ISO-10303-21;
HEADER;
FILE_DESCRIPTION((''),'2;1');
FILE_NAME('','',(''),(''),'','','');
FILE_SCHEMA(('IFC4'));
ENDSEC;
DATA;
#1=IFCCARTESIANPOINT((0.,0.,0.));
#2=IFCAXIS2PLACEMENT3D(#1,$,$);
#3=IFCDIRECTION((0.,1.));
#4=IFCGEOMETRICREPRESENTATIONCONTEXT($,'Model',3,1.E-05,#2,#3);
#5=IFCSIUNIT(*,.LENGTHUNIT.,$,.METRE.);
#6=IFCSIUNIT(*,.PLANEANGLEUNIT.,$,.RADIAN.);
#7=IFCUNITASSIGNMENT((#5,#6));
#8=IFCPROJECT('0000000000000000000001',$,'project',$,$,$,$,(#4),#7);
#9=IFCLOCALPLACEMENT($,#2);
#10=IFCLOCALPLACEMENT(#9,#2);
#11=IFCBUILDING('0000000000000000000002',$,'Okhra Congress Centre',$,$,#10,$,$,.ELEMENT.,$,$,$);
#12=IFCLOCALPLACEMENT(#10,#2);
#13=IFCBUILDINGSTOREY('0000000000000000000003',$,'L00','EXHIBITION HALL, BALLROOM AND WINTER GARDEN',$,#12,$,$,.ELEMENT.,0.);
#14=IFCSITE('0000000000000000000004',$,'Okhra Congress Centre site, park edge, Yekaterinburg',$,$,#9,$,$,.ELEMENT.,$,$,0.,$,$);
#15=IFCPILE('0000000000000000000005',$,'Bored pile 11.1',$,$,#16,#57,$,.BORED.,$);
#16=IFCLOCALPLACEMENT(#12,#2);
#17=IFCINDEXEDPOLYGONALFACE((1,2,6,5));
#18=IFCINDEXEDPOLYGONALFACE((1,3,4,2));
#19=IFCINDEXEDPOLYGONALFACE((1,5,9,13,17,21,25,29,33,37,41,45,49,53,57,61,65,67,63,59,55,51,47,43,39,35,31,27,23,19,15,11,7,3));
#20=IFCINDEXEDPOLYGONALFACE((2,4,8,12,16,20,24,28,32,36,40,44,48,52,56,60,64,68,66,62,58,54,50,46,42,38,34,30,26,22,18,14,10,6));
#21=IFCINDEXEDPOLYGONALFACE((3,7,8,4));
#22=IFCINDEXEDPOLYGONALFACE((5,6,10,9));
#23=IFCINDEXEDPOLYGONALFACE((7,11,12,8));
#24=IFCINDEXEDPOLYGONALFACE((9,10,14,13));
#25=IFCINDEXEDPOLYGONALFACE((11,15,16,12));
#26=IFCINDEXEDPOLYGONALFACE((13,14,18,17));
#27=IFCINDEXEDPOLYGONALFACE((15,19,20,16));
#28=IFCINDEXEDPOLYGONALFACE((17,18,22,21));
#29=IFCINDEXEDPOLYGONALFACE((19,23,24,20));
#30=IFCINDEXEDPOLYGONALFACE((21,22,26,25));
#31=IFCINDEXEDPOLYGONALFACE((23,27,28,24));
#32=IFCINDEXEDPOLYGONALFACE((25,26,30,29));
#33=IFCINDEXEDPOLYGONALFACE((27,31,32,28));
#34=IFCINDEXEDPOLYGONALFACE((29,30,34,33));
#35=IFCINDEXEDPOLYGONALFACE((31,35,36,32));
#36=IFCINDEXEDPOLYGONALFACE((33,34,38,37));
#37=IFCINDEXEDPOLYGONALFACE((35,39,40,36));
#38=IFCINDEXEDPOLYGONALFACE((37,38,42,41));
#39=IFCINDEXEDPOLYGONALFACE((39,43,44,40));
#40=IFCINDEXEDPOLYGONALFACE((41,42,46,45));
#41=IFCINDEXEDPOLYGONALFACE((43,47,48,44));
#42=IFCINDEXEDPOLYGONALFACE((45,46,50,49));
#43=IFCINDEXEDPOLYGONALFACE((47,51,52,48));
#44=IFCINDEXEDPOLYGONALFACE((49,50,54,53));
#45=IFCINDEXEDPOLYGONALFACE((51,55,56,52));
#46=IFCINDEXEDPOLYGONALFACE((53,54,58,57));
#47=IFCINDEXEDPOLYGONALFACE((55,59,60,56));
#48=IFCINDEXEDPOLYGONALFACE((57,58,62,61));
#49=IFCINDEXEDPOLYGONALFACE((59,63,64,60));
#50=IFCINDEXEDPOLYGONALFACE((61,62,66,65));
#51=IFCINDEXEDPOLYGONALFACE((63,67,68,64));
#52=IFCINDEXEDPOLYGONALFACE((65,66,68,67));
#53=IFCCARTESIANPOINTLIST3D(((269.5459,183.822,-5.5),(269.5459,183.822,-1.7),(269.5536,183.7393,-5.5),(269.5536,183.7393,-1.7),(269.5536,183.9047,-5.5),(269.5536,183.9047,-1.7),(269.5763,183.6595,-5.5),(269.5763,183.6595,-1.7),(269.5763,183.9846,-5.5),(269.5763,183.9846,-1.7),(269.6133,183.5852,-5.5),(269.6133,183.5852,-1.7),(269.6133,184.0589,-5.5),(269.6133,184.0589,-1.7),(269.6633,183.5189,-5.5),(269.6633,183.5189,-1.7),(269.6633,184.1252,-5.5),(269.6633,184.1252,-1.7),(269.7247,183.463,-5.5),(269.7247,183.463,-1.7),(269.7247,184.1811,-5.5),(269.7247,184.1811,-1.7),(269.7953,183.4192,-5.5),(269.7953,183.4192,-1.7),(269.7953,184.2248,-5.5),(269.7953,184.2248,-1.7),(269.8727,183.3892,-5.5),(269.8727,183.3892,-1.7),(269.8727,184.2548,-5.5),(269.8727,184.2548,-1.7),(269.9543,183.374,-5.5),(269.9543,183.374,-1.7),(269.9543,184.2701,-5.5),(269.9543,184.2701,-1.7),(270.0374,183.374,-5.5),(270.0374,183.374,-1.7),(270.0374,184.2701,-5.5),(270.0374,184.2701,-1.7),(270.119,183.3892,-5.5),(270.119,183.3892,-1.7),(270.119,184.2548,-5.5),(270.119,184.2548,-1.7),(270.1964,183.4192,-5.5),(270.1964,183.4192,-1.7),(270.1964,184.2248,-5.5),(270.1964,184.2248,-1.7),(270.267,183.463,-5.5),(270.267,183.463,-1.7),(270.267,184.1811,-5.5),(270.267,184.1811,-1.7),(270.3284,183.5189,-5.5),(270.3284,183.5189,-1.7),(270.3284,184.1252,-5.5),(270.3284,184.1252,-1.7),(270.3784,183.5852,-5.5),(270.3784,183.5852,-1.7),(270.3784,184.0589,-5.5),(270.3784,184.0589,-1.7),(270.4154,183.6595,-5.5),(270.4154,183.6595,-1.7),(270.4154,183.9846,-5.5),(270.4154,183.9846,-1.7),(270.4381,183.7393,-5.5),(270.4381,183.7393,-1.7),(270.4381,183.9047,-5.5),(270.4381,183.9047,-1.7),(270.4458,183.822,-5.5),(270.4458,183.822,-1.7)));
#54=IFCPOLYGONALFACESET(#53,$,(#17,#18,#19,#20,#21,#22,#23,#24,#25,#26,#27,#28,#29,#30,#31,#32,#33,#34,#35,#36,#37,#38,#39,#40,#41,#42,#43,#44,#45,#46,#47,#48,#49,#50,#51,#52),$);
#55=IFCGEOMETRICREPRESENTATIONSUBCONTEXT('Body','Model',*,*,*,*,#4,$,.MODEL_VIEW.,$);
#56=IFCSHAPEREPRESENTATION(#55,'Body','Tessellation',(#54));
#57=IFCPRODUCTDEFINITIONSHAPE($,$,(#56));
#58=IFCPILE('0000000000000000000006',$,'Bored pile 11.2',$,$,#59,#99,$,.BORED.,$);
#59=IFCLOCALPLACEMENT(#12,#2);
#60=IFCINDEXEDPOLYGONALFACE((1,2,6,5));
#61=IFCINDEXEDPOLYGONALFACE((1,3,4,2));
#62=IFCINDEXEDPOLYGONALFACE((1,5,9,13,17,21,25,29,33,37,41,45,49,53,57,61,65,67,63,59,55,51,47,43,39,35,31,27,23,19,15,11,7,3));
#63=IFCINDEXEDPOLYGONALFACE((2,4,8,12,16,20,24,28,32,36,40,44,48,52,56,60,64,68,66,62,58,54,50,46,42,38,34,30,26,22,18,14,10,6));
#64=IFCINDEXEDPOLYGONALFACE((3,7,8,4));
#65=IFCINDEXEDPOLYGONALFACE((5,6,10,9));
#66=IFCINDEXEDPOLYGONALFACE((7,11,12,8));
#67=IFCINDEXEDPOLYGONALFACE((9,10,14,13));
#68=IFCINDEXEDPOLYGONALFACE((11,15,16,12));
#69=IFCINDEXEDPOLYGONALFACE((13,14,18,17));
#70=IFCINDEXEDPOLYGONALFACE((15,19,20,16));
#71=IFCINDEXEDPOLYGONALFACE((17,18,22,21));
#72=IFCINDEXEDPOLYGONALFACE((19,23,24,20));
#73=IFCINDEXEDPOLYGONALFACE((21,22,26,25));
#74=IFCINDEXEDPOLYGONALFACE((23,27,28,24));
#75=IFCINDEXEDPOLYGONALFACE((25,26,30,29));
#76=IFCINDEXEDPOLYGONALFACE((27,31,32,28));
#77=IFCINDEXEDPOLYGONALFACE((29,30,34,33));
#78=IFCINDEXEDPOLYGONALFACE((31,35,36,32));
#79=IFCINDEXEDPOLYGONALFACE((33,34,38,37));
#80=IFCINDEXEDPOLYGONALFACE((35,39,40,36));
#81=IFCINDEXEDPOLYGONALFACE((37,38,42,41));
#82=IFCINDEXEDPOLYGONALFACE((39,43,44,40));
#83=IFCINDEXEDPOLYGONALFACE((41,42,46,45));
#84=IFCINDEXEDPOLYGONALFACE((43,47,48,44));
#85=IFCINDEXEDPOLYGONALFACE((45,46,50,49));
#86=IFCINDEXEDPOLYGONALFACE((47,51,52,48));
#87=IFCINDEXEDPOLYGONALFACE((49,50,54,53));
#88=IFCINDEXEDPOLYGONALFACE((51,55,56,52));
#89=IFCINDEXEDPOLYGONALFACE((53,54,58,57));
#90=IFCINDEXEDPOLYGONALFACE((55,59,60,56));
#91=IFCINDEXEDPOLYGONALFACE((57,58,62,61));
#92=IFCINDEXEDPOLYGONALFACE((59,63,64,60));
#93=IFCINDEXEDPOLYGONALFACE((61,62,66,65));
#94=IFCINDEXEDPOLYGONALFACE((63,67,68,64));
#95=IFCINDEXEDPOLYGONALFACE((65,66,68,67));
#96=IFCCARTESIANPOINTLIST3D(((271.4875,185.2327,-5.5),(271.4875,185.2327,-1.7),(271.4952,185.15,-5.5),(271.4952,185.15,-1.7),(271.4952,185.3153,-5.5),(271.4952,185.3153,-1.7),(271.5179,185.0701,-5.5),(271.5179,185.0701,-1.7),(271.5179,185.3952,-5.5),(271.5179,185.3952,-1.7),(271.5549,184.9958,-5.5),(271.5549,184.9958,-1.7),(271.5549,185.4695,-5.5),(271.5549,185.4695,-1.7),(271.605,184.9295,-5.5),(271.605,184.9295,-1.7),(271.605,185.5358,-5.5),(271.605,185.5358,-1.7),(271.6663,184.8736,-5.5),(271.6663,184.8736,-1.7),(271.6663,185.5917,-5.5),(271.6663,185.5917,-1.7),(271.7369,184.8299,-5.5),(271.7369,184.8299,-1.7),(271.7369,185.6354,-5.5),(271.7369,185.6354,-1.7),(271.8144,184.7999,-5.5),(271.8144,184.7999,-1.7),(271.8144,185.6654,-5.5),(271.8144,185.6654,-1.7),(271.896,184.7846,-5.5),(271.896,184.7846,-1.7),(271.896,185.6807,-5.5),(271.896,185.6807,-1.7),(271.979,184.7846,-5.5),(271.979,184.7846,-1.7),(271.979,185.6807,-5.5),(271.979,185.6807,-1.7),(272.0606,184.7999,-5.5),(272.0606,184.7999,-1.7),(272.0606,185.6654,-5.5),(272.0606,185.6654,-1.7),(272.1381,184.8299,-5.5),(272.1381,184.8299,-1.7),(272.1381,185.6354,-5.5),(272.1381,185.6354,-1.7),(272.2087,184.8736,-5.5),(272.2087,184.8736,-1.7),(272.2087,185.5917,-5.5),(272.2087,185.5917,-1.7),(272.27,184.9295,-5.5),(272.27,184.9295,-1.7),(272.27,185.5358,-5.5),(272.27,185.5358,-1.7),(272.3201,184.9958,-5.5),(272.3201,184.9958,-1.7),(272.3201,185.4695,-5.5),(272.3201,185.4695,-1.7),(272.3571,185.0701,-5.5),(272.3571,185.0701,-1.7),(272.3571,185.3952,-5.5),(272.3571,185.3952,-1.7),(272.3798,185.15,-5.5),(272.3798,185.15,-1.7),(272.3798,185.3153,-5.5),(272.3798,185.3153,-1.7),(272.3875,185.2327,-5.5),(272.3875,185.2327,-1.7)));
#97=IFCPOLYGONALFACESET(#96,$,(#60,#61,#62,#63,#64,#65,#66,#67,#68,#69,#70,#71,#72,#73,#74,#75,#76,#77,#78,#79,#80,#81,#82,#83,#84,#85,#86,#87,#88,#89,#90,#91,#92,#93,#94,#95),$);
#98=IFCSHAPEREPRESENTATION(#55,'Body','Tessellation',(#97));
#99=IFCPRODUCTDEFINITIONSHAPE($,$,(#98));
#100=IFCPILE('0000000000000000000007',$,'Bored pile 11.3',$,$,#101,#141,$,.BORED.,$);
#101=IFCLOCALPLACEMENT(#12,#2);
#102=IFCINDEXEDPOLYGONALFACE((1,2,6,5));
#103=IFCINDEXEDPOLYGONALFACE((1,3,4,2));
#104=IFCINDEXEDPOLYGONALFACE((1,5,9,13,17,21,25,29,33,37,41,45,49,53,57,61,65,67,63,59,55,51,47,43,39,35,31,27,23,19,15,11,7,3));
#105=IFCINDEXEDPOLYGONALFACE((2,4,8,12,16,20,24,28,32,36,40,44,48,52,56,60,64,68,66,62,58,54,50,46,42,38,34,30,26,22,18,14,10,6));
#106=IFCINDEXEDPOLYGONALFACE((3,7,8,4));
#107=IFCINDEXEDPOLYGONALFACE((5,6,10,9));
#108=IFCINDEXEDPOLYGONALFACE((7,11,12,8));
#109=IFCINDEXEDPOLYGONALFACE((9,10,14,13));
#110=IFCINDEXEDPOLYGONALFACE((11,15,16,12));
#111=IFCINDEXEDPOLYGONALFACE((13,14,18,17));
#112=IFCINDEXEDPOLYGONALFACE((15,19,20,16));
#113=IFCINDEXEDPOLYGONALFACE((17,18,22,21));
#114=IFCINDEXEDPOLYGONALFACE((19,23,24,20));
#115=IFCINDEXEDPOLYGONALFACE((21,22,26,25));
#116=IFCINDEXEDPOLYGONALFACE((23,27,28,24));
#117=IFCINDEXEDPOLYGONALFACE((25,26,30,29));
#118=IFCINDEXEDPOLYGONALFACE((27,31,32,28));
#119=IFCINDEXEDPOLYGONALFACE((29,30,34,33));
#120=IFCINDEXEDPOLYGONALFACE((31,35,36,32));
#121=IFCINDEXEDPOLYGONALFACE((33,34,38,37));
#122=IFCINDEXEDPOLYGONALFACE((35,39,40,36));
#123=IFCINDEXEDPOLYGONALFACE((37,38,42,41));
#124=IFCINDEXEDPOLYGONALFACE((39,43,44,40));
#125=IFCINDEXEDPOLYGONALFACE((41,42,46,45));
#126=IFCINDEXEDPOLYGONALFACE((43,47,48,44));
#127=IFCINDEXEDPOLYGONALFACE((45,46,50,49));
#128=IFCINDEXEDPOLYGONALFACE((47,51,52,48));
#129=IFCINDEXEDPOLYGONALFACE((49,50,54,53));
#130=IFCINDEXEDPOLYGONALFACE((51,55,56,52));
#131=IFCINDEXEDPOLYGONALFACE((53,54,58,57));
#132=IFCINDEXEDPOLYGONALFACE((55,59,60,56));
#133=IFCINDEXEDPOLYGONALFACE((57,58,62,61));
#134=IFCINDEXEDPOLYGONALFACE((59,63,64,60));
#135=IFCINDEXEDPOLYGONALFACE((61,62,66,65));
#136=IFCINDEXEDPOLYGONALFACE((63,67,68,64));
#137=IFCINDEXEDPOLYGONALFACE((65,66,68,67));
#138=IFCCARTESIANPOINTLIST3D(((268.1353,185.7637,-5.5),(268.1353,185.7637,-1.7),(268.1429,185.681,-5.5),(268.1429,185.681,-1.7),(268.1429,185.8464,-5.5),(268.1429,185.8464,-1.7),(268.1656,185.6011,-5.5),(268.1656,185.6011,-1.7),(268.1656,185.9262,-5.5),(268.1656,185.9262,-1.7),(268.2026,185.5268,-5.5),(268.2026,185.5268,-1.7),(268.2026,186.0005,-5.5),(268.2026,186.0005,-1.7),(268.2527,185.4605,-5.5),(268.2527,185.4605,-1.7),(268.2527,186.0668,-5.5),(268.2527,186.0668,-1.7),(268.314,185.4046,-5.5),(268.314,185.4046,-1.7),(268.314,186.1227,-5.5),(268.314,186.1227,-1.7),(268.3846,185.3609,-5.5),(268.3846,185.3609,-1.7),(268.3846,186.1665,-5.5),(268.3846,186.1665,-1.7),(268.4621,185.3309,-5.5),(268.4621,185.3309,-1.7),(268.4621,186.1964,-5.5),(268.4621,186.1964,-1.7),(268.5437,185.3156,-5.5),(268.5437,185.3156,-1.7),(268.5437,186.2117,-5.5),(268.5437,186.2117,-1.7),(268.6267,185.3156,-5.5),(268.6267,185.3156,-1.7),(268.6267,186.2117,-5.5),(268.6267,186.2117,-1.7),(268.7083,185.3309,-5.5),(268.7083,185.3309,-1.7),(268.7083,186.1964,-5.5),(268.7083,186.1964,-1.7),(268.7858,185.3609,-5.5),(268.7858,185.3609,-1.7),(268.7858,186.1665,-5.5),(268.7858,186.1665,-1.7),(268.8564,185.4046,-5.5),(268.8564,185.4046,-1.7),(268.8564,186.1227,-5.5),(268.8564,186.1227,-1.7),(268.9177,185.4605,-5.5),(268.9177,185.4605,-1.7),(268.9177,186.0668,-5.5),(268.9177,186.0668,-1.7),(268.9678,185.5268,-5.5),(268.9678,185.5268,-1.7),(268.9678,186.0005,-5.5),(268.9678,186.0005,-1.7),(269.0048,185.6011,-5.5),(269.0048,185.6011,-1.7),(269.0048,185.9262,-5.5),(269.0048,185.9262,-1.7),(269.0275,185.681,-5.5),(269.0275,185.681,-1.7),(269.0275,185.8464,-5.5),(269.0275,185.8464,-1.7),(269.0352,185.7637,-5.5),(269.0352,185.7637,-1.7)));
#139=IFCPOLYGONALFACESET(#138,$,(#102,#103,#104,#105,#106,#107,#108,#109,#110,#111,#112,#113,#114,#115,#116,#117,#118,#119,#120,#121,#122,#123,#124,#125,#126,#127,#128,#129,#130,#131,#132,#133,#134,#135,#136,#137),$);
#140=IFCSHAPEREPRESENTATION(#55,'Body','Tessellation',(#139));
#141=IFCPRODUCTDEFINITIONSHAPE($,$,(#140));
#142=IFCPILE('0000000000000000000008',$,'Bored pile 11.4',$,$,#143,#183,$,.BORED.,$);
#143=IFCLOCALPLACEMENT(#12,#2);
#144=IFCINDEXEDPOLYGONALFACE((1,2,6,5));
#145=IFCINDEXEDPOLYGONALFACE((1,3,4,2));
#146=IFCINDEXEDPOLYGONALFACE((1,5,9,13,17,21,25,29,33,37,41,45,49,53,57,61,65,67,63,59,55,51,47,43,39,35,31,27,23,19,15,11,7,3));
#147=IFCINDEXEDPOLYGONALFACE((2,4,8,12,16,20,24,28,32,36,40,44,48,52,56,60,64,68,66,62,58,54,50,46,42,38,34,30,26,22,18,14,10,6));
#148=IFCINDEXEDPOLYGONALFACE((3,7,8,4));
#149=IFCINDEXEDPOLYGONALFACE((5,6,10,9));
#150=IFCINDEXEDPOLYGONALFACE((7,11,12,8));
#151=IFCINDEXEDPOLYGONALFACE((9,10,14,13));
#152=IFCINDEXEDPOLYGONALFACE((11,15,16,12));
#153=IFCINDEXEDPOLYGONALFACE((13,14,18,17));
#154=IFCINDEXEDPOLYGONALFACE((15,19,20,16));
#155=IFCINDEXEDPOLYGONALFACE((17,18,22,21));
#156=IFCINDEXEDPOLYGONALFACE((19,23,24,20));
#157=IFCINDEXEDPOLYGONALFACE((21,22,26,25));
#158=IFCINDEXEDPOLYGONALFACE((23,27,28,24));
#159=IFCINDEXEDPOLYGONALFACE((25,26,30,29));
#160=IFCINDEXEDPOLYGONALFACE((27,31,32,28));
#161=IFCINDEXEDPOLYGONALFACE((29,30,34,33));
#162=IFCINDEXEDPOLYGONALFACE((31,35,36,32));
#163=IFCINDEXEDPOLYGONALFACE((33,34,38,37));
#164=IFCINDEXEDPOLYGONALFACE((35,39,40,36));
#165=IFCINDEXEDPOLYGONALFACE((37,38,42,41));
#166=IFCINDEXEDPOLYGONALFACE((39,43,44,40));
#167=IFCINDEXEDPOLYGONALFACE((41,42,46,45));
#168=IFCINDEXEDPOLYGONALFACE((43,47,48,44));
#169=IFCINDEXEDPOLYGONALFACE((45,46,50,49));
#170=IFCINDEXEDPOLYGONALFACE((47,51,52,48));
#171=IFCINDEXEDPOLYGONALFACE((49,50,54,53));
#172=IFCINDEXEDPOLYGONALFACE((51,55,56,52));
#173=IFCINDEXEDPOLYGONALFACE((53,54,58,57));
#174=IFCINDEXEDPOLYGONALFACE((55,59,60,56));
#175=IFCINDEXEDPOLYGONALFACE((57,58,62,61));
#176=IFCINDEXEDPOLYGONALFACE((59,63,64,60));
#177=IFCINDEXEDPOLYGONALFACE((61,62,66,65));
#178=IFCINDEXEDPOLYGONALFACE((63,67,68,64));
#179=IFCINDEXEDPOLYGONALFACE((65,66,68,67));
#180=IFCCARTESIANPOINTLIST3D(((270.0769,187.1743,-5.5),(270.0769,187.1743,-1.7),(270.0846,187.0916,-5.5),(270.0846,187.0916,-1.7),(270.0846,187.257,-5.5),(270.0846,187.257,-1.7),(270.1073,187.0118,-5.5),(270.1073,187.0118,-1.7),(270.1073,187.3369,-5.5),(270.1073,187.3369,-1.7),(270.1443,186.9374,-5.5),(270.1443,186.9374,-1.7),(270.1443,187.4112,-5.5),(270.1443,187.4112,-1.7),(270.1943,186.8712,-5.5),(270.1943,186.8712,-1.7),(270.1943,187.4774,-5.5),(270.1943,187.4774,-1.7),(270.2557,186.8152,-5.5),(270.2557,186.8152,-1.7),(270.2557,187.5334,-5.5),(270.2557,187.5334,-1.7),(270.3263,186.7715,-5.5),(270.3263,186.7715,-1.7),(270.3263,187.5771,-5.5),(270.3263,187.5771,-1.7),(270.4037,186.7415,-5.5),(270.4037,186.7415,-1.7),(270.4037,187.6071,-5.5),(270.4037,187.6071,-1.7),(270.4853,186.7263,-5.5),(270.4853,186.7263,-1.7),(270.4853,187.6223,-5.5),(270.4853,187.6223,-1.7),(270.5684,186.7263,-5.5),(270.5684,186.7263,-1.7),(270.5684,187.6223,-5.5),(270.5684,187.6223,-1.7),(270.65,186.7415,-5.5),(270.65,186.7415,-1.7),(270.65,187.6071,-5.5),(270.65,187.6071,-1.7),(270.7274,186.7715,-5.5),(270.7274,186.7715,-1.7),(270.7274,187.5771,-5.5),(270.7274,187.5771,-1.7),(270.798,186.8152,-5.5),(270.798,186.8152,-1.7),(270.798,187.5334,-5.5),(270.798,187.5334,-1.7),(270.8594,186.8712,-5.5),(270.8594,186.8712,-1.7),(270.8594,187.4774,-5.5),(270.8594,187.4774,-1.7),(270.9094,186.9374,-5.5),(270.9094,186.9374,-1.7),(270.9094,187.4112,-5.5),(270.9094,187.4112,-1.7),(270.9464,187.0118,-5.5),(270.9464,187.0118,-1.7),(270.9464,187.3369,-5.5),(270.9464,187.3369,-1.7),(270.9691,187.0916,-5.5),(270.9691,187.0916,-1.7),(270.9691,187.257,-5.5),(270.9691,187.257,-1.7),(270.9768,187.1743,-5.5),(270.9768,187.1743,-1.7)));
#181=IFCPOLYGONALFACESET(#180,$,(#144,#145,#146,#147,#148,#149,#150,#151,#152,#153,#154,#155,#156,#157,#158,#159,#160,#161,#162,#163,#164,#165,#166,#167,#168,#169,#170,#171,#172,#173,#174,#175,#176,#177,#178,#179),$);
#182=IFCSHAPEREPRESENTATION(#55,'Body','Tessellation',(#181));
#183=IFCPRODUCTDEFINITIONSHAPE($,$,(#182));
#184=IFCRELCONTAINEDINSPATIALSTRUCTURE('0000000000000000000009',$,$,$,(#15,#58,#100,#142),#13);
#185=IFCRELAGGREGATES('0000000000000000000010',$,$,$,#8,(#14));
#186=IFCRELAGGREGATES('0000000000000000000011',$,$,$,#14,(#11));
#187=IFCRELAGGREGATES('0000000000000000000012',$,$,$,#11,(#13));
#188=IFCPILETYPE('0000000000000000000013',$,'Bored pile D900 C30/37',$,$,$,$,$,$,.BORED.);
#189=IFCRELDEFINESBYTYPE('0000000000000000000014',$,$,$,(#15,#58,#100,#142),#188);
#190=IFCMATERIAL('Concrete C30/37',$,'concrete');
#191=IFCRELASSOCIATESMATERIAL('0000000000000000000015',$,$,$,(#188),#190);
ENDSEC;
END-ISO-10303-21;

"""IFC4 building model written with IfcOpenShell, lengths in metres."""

from ifc_helpers import new_model, si_unit, direction, frame, origin, origin_2d, place, context, subcontext, project, spatial, circle, extrude, material, material_profile, profile_set, type_object, element, save


model = new_model("IFC4")

# Units and contexts
model_context = context("Model", 3, precision=1e-05, world=origin(), true_north=direction((0.0, 1.0)))
body_context = subcontext(model_context, "Body", "Model", "MODEL_VIEW")
ifc_project = project(units=[si_unit("LENGTHUNIT", "METRE"), si_unit("PLANEANGLEUNIT", "RADIAN")], contexts=[model_context])

# Site, building, storey
site_placement = place(None, origin())
site = spatial("IfcSite", under=ifc_project, at=site_placement, Name="Okhra Congress Centre site, park edge, Yekaterinburg", CompositionType="ELEMENT", RefElevation=0.0)
building_placement = place(site_placement, origin())
building = spatial("IfcBuilding", under=site, at=building_placement, Name="Okhra Congress Centre", CompositionType="ELEMENT")
storey_placement = place(building_placement, origin())
storey = spatial("IfcBuildingStorey", under=building, at=storey_placement, Name="L00", Description="EXHIBITION HALL, BALLROOM AND WINTER GARDEN", CompositionType="ELEMENT", Elevation=0.0)

# Piles
ifc_material_1 = material(Name="Concrete C30/37", Category="concrete")
ifc_material_profile_1 = material_profile(ifc_material_1, circle(Radius=0.45, at=origin_2d()), Name="D900")
ifc_profile_set_1 = profile_set([ifc_material_profile_1], Name="Concrete C30/37")
pile_type = type_object("IfcPileType", Name="Bored pile D900 C30/37", PredefinedType="BORED", material=ifc_profile_set_1)
for number, where, z_axis, x_axis, name in (
    (1, (269.9958, 183.822, -1.7), (0.0, 0.0, -1.0), (1.0, 0.0, 0.0), "Bored pile 11.1"),
    (2, (271.9375, 185.2327, -1.7), (0.0, 0.0, -1.0), (1.0, 0.0, 0.0), "Bored pile 11.2"),
    (3, (268.5852, 185.7637, -1.7), (0.0, 0.0, -1.0), (1.0, 0.0, 0.0), "Bored pile 11.3"),
    (4, (270.5269, 187.1743, -1.7), (0.0, 0.0, -1.0), (1.0, 0.0, 0.0), "Bored pile 11.4"),
):
    element("IfcPile", number, at=place(storey_placement, frame(where, z_axis=z_axis, x_axis=x_axis)), inside=storey, type_object=pile_type, Name=name, PredefinedType="BORED", context=body_context, shape_type="SweptSolid", body=[
        extrude(circle(Radius=0.45, at=origin_2d()), origin(), (0.0, 0.0, 1.0), 3.8),
    ])

save(model, "model.ifc")
